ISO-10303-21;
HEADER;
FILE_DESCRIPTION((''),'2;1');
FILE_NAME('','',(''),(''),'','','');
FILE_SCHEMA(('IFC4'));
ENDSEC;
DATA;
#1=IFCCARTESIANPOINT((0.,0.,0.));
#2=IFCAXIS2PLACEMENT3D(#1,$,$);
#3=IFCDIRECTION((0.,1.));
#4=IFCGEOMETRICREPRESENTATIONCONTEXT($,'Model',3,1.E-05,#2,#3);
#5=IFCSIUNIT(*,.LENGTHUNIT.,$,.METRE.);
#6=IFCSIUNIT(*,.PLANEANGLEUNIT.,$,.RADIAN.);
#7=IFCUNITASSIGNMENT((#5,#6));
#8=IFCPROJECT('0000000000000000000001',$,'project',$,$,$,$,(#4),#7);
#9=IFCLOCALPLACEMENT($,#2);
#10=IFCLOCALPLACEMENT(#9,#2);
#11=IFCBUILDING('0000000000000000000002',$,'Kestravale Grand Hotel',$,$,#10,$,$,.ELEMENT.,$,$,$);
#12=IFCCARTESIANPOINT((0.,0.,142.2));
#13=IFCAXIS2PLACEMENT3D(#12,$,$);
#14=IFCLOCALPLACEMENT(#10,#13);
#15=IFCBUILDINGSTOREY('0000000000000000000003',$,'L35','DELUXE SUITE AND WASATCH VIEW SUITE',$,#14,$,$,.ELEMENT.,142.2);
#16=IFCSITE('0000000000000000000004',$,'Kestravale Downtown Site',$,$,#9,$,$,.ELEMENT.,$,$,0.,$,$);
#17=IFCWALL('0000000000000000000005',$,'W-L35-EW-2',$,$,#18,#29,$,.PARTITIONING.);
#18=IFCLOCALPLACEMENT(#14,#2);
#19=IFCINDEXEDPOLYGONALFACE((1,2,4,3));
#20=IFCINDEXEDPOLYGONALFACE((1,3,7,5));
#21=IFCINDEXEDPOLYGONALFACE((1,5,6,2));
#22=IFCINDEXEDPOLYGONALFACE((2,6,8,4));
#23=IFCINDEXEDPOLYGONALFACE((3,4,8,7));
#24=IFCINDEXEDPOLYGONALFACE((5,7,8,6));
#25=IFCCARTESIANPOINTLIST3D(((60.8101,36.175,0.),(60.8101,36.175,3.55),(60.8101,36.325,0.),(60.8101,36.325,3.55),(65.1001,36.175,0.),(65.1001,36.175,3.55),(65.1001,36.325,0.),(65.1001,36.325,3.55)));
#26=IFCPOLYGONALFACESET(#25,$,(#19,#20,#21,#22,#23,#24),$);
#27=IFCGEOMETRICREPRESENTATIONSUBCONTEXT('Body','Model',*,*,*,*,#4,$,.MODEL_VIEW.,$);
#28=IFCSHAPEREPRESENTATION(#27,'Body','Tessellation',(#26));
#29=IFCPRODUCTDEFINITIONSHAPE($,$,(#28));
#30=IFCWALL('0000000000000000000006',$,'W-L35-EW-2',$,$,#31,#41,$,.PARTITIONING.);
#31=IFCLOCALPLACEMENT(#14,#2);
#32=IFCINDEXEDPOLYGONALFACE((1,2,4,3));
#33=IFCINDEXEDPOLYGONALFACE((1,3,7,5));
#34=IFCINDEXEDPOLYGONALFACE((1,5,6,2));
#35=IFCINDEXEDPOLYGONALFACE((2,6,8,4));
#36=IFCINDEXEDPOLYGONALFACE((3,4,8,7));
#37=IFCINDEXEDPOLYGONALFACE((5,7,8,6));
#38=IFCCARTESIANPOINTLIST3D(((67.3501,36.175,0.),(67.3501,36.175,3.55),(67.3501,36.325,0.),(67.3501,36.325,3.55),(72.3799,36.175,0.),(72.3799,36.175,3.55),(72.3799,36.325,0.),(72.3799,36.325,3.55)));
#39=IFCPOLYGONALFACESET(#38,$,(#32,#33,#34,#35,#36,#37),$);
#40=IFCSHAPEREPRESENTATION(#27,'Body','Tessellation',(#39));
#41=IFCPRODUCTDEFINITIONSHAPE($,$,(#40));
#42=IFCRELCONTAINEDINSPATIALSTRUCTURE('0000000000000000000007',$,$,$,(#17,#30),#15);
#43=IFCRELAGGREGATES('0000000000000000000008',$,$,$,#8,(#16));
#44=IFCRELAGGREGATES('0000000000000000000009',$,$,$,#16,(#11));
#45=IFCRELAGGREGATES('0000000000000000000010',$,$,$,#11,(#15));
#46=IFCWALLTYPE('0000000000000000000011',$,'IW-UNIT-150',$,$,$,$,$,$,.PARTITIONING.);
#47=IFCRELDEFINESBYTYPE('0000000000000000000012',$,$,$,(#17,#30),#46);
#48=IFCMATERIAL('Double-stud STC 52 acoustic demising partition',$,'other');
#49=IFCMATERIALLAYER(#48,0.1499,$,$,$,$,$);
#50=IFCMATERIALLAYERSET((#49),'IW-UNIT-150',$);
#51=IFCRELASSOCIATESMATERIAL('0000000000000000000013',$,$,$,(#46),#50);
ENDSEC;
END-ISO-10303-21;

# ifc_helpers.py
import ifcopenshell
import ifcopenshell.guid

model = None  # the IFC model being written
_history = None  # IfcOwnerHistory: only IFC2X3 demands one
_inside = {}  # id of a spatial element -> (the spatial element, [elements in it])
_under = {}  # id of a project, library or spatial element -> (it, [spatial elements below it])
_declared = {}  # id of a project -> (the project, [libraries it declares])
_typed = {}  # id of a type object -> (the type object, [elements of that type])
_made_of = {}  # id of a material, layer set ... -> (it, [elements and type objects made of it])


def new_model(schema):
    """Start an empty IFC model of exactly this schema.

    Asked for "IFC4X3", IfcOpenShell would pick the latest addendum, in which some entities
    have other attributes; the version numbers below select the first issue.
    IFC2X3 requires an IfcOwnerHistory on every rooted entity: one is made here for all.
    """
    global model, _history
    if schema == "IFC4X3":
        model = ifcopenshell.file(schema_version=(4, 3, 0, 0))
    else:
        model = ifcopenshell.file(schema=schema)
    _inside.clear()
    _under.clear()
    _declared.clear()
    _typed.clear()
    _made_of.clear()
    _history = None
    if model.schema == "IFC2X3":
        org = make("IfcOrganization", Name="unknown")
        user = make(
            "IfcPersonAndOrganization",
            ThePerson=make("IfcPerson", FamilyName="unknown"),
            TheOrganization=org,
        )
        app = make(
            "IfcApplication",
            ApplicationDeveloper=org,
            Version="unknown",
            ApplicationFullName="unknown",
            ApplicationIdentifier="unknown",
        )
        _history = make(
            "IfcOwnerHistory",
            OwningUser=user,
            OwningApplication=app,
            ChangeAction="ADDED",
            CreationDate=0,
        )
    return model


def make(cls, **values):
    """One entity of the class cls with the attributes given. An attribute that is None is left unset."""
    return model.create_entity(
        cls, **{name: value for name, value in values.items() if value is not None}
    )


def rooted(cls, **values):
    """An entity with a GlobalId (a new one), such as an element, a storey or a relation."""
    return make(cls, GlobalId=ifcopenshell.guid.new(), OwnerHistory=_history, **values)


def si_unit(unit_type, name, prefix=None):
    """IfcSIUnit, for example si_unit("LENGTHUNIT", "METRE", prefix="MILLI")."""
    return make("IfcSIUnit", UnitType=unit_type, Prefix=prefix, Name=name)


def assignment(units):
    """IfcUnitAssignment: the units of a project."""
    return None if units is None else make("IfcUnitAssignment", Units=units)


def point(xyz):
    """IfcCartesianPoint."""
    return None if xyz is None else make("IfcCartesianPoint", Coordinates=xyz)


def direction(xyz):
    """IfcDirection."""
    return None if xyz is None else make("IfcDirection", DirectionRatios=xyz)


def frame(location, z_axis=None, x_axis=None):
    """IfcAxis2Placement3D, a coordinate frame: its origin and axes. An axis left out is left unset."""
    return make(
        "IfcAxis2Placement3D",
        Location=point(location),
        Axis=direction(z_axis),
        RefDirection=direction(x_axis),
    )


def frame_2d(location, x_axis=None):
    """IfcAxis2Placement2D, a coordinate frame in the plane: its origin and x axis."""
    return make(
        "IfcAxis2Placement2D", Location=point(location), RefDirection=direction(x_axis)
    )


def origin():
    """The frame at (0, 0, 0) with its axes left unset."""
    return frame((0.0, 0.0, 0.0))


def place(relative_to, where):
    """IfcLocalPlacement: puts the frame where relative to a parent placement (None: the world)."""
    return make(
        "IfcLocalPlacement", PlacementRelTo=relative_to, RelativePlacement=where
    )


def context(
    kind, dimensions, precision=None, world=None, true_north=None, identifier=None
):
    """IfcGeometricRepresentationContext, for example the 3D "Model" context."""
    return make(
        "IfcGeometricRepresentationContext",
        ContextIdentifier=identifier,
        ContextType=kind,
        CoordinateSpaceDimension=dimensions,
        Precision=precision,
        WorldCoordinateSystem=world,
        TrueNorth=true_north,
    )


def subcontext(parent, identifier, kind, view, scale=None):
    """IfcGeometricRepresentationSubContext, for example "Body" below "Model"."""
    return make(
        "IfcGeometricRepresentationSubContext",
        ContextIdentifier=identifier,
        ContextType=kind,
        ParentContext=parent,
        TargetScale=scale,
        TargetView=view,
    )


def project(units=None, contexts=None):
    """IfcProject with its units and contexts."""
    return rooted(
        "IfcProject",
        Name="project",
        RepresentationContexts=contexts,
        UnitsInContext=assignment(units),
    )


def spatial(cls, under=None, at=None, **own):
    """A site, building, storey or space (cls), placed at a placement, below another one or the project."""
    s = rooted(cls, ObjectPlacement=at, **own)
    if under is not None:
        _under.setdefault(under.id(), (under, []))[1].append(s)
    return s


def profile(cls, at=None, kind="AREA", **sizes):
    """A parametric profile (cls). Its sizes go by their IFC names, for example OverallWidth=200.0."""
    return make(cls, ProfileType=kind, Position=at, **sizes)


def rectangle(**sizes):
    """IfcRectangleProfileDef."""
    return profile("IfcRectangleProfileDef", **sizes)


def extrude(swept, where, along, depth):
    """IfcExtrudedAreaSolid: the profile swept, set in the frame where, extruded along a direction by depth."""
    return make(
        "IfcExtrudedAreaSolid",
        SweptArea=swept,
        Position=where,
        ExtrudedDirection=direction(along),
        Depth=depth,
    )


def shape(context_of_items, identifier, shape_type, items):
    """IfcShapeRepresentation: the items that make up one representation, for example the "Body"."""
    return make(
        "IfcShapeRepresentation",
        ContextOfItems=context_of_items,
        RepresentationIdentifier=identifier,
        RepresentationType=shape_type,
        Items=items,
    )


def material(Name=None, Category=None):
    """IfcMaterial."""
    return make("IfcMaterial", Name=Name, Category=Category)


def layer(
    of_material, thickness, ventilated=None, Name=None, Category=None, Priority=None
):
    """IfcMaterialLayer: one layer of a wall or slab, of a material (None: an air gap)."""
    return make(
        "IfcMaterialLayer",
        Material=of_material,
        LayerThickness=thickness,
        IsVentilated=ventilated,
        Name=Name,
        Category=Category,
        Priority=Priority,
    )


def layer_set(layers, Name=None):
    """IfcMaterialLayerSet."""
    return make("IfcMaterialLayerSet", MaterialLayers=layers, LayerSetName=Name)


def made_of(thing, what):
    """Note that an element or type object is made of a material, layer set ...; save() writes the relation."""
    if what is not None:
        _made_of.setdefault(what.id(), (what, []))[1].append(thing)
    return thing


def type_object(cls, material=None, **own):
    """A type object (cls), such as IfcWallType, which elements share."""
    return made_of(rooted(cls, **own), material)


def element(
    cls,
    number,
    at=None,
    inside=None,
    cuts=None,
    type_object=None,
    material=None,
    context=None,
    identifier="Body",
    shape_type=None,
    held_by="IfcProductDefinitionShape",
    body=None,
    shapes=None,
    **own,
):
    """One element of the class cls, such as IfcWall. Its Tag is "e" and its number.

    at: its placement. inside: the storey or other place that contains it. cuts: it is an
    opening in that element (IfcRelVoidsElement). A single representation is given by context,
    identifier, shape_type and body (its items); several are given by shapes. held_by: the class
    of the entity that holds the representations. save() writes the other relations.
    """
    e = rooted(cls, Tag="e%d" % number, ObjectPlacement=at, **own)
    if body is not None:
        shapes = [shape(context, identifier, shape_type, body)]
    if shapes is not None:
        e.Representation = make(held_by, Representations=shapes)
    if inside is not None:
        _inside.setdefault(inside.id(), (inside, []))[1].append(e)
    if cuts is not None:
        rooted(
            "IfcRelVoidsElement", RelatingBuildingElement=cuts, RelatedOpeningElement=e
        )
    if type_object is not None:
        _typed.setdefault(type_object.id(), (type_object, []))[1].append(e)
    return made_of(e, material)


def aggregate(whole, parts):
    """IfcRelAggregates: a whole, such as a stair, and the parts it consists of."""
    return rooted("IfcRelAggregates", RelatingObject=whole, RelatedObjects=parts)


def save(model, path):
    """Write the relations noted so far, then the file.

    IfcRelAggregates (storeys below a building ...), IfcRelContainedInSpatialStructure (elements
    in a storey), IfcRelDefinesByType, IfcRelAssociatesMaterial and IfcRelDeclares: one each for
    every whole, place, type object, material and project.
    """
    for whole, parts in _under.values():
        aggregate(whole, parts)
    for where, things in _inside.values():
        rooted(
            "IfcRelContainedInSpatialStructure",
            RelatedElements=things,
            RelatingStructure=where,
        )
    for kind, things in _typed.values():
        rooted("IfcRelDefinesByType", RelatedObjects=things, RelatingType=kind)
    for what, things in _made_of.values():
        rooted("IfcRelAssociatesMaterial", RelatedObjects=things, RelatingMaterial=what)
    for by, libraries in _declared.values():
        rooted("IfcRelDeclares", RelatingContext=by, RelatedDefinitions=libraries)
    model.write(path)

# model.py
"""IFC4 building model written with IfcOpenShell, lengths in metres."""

from ifc_helpers import new_model, si_unit, direction, frame, frame_2d, origin, place, context, subcontext, project, spatial, rectangle, extrude, material, layer, layer_set, type_object, element, save


model = new_model("IFC4")

# Units and contexts
model_context = context("Model", 3, precision=1e-05, world=origin(), true_north=direction((0.0, 1.0)))
body_context = subcontext(model_context, "Body", "Model", "MODEL_VIEW")
ifc_project = project(units=[si_unit("LENGTHUNIT", "METRE"), si_unit("PLANEANGLEUNIT", "RADIAN")], contexts=[model_context])

# Site, building, storey
site_placement = place(None, origin())
site = spatial("IfcSite", under=ifc_project, at=site_placement, Name="Kestravale Downtown Site", CompositionType="ELEMENT", RefElevation=0.0)
building_placement = place(site_placement, origin())
building = spatial("IfcBuilding", under=site, at=building_placement, Name="Kestravale Grand Hotel", CompositionType="ELEMENT")
storey_placement = place(building_placement, frame((0.0, 0.0, 142.2)))
storey = spatial("IfcBuildingStorey", under=building, at=storey_placement, Name="L35", Description="DELUXE SUITE AND WASATCH VIEW SUITE", CompositionType="ELEMENT", Elevation=142.2)

# Shared definitions
ifc_material_1 = material(Name="Double-stud STC 52 acoustic demising partition", Category="other")
ifc_layer_1 = layer(ifc_material_1, 0.1499)
ifc_layer_set_1 = layer_set([ifc_layer_1], Name="IW-UNIT-150")
wall_type_1 = type_object("IfcWallType", Name="IW-UNIT-150", PredefinedType="PARTITIONING", material=ifc_layer_set_1)

# Walls
wall_1_placement = place(storey_placement, frame((60.8101, 36.25, 0.0), z_axis=(0.0, 0.0, 1.0), x_axis=(1.0, 0.0, 0.0)))
element("IfcWall", 1, at=wall_1_placement, inside=storey, type_object=wall_type_1, Name="W-L35-EW-2", PredefinedType="PARTITIONING", context=body_context, shape_type="SweptSolid", body=[
    extrude(rectangle(XDim=4.29, YDim=0.1499, at=frame_2d((2.145, 0.0))), origin(), (0.0, 0.0, 1.0), 3.55),
])
wall_2_placement = place(storey_placement, frame((67.3501, 36.25, 0.0), z_axis=(0.0, 0.0, 1.0), x_axis=(1.0, 0.0, 0.0)))
element("IfcWall", 2, at=wall_2_placement, inside=storey, type_object=wall_type_1, Name="W-L35-EW-2", PredefinedType="PARTITIONING", context=body_context, shape_type="SweptSolid", body=[
    extrude(rectangle(XDim=5.0298, YDim=0.1499, at=frame_2d((2.5149, 0.0))), origin(), (0.0, 0.0, 1.0), 3.55),
])

save(model, "model.ifc")
